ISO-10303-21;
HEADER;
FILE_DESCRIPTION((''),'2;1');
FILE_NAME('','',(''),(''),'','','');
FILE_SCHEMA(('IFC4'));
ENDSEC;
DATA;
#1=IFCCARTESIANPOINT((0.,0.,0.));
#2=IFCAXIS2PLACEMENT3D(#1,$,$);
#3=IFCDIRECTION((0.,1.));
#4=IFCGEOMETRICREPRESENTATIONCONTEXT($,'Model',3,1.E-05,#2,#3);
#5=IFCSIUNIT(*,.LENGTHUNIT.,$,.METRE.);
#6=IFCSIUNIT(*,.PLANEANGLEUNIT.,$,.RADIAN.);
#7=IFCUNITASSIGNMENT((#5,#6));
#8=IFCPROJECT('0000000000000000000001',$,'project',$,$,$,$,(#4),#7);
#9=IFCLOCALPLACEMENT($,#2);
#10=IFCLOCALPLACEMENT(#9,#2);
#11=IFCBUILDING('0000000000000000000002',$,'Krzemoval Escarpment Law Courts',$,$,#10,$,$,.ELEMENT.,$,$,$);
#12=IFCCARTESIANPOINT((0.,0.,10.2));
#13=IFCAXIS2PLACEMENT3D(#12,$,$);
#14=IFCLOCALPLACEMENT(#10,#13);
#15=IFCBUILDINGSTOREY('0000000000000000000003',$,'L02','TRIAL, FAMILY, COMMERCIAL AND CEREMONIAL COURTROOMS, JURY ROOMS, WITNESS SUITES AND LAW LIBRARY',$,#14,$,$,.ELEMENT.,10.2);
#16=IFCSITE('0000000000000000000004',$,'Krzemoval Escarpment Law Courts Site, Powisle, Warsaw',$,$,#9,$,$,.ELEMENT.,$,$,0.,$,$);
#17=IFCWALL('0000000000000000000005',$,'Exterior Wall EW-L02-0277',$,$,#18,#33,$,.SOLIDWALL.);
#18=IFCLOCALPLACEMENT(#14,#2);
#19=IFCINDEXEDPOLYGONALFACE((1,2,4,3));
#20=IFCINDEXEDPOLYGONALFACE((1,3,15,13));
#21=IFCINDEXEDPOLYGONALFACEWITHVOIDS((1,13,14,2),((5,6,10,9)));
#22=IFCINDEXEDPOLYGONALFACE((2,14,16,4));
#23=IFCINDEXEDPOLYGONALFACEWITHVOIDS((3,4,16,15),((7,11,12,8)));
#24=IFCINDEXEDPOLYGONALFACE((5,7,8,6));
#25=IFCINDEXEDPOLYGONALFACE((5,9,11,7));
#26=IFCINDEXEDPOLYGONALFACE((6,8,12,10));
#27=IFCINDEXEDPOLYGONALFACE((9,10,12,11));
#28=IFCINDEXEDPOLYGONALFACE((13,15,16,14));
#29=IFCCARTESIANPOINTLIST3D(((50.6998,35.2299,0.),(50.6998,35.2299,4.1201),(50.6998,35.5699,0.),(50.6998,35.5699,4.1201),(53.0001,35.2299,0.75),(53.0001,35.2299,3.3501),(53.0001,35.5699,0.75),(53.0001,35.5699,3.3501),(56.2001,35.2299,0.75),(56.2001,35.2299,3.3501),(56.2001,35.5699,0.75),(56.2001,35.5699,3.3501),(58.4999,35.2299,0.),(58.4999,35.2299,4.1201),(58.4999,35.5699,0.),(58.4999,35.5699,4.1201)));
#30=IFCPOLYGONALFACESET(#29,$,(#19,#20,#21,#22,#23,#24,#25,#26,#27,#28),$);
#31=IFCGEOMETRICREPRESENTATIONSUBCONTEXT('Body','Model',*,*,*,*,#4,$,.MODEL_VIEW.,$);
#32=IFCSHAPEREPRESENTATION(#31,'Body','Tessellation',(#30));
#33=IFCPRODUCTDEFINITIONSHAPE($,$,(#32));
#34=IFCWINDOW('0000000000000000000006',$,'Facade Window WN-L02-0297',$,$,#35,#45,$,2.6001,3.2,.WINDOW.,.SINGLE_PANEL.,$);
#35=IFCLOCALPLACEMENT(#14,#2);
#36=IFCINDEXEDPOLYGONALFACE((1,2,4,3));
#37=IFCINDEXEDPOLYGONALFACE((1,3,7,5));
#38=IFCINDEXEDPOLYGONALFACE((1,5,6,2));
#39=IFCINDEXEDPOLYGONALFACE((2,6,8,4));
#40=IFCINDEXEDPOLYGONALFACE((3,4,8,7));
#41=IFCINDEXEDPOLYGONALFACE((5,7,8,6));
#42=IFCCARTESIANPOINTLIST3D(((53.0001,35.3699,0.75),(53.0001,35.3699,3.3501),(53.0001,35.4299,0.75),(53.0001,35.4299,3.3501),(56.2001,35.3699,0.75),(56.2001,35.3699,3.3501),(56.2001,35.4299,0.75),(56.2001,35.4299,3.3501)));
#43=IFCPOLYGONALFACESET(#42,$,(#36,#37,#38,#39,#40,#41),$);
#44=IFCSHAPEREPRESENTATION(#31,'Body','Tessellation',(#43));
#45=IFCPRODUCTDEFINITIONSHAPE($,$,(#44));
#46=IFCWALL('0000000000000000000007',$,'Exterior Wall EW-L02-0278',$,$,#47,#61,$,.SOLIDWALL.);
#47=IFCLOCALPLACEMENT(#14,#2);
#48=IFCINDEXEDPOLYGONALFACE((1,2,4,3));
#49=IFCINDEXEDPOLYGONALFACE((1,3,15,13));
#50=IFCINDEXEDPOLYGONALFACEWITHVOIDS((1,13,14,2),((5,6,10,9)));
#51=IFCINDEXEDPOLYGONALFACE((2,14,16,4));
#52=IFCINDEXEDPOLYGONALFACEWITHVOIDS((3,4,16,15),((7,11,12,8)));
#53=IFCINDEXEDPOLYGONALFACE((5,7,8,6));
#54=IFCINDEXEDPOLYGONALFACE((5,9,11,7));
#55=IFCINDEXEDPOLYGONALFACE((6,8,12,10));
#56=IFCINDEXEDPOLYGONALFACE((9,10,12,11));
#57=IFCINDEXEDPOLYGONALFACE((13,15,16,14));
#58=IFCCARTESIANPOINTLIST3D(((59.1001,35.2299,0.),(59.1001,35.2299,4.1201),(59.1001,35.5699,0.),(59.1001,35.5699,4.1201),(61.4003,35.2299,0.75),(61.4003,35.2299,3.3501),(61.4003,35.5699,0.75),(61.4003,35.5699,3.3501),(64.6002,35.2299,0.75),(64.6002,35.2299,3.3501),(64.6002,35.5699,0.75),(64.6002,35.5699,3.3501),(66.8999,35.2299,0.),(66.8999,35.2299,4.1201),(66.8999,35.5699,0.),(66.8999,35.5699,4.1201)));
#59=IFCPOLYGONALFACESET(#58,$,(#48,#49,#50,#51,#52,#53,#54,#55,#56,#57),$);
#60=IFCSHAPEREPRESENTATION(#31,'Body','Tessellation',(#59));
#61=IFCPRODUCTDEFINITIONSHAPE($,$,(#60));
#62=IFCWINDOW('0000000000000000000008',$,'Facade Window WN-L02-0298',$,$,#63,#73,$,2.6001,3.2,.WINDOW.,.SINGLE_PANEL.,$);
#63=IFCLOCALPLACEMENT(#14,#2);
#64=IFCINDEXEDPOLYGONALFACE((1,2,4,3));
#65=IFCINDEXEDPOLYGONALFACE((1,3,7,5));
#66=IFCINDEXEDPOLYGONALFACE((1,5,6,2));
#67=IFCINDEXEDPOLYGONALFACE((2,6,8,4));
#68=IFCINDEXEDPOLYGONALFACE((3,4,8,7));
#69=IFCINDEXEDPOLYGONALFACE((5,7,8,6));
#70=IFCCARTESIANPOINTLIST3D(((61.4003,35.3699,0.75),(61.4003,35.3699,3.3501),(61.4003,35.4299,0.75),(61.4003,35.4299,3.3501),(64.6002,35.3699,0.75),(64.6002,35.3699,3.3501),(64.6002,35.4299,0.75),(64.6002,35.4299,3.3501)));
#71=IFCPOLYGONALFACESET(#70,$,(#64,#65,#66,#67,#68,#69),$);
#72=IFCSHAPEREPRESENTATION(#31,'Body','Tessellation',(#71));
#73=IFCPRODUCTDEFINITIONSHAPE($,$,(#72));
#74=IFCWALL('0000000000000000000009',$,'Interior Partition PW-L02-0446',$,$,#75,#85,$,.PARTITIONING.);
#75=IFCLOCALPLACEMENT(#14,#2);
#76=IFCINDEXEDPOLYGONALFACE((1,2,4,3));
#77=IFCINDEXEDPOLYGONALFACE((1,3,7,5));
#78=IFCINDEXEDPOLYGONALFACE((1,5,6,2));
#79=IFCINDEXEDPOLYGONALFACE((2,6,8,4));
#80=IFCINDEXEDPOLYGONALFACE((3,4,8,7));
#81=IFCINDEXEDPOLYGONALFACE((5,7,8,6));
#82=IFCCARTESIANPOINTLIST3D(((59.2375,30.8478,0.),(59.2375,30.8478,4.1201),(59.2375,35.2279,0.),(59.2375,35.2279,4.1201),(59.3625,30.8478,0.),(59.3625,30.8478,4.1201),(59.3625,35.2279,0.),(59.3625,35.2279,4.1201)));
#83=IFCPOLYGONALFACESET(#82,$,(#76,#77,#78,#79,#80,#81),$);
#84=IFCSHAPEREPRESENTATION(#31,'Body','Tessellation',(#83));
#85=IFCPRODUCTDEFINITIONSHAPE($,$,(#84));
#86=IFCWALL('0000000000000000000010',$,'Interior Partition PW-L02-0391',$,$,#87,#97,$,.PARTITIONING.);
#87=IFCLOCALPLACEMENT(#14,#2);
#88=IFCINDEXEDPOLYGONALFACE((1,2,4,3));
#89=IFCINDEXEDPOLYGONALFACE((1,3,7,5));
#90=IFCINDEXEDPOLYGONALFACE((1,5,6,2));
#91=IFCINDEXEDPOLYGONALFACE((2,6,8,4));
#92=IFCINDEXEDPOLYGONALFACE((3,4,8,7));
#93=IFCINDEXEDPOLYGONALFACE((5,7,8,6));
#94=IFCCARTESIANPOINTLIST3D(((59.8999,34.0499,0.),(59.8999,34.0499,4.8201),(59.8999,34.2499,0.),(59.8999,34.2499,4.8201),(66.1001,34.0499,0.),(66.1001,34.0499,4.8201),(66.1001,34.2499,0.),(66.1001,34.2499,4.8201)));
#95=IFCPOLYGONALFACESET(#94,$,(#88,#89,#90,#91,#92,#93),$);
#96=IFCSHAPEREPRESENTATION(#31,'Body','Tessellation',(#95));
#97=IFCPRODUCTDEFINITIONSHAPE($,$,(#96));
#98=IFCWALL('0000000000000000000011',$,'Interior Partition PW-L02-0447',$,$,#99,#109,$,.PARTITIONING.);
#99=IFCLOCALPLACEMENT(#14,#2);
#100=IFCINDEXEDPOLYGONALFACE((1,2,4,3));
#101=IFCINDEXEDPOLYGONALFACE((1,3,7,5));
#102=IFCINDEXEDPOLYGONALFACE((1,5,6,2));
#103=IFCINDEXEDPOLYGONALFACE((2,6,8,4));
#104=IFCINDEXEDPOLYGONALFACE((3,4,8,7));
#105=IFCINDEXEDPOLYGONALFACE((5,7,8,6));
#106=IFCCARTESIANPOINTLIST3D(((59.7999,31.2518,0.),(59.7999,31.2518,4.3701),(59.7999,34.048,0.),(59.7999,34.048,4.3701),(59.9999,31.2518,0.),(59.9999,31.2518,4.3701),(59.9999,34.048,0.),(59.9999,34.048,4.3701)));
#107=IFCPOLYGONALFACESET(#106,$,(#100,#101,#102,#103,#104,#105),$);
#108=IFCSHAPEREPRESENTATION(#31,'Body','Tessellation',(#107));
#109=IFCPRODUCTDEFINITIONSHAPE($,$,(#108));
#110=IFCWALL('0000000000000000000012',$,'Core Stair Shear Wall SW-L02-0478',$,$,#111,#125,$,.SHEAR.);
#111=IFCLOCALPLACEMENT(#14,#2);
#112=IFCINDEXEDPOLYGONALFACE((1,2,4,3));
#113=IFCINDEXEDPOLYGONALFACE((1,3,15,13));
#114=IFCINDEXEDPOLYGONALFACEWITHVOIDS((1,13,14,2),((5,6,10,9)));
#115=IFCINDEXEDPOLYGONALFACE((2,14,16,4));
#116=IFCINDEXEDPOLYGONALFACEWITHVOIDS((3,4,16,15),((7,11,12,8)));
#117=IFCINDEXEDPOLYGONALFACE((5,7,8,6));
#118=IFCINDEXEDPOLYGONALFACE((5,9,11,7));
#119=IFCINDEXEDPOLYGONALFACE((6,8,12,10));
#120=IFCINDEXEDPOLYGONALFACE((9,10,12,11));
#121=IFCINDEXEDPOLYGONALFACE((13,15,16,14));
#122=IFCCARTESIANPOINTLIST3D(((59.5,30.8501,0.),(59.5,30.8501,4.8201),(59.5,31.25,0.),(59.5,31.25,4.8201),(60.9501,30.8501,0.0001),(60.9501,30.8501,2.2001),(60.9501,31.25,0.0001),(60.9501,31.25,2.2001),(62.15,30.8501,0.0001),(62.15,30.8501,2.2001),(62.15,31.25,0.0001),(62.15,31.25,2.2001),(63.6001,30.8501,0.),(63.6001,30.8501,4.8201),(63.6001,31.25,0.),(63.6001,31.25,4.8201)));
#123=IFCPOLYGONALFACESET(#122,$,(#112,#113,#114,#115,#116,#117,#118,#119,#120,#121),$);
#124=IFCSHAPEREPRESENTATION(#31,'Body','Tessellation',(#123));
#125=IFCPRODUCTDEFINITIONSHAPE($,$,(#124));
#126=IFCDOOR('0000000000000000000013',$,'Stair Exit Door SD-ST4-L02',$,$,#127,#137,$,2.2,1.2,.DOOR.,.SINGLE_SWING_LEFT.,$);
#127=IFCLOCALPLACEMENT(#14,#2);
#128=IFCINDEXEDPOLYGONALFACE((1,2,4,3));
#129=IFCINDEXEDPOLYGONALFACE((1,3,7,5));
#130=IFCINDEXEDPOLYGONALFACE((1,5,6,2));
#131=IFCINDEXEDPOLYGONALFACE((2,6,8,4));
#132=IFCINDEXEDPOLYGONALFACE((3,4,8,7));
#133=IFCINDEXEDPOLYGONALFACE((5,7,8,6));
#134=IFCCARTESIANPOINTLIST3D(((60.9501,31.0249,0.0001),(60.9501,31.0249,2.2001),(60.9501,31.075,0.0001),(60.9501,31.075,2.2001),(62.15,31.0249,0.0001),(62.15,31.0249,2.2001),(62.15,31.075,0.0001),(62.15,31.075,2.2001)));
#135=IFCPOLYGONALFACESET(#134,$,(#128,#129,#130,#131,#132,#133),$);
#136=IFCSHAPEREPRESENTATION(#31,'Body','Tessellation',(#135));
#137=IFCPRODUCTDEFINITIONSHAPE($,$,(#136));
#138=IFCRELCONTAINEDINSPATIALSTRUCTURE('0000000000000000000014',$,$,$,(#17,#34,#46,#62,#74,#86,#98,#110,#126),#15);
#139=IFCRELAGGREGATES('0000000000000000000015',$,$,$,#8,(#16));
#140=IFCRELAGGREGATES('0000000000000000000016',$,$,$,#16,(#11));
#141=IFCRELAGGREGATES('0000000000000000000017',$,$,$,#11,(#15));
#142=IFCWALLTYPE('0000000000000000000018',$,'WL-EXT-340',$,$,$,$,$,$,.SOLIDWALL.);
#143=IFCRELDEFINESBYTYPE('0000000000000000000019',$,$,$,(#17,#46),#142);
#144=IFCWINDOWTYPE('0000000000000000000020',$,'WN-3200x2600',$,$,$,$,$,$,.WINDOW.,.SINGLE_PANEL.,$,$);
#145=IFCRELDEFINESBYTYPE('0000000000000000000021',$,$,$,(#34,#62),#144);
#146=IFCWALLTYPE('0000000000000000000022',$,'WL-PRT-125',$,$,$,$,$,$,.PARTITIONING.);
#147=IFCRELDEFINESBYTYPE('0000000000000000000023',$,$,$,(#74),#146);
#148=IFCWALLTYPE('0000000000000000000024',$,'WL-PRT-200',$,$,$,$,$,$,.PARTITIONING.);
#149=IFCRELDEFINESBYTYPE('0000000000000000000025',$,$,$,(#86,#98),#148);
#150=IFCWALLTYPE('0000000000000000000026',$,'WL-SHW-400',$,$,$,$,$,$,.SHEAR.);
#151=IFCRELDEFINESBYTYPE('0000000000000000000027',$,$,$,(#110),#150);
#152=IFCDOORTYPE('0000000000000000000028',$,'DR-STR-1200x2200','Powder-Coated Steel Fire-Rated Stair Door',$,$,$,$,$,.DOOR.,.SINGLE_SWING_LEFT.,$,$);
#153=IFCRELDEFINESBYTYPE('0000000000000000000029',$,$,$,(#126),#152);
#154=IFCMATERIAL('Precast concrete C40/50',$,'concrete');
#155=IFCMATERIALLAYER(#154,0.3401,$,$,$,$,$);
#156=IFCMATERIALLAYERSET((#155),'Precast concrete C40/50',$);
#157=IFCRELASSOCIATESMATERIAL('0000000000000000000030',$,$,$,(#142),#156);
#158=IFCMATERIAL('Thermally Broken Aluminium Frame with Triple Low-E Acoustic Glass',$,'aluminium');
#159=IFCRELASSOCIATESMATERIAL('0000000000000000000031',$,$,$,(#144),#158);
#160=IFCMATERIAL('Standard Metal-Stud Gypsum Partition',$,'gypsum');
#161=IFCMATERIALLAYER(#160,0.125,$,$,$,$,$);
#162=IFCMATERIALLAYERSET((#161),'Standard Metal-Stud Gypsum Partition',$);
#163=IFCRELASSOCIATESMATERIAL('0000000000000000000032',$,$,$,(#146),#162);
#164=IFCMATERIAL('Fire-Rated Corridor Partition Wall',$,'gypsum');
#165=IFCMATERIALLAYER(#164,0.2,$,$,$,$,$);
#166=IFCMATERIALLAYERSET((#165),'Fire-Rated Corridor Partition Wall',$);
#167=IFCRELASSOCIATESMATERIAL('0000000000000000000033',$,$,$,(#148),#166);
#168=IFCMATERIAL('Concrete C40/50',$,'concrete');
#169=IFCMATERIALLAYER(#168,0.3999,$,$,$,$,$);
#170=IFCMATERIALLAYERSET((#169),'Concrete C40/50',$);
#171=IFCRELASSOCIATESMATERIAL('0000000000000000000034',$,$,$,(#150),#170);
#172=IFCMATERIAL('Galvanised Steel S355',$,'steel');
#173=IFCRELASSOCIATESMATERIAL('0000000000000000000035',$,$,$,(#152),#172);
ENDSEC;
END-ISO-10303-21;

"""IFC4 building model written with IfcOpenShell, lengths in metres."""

from ifc_helpers import new_model, si_unit, direction, frame, frame_2d, origin, place, context, subcontext, project, spatial, rectangle, extrude, material, layer, layer_set, type_object, element, fill, save


model = new_model("IFC4")

# Units and contexts
model_context = context("Model", 3, precision=1e-05, world=origin(), true_north=direction((0.0, 1.0)))
body_context = subcontext(model_context, "Body", "Model", "MODEL_VIEW")
ifc_project = project(units=[si_unit("LENGTHUNIT", "METRE"), si_unit("PLANEANGLEUNIT", "RADIAN")], contexts=[model_context])

# Site, building, storey
site_placement = place(None, origin())
site = spatial("IfcSite", under=ifc_project, at=site_placement, Name="Krzemoval Escarpment Law Courts Site, Powisle, Warsaw", CompositionType="ELEMENT", RefElevation=0.0)
building_placement = place(site_placement, origin())
building = spatial("IfcBuilding", under=site, at=building_placement, Name="Krzemoval Escarpment Law Courts", CompositionType="ELEMENT")
storey_placement = place(building_placement, frame((0.0, 0.0, 10.2)))
storey = spatial("IfcBuildingStorey", under=building, at=storey_placement, Name="L02", Description="TRIAL, FAMILY, COMMERCIAL AND CEREMONIAL COURTROOMS, JURY ROOMS, WITNESS SUITES AND LAW LIBRARY", CompositionType="ELEMENT", Elevation=10.2)

# Walls, openings, windows
ifc_material_1 = material(Name="Precast concrete C40/50", Category="concrete")
ifc_layer_1 = layer(ifc_material_1, 0.3401)
ifc_layer_set_1 = layer_set([ifc_layer_1], Name="Precast concrete C40/50")
wall_type_1 = type_object("IfcWallType", Name="WL-EXT-340", PredefinedType="SOLIDWALL", material=ifc_layer_set_1)
ifc_material_2 = material(Name="Thermally Broken Aluminium Frame with Triple Low-E Acoustic Glass", Category="aluminium")
window_type = type_object("IfcWindowType", Name="WN-3200x2600", PartitioningType="SINGLE_PANEL", PredefinedType="WINDOW", material=ifc_material_2)
wall_1_placement = place(storey_placement, frame((50.7, 35.3999, 0.0), z_axis=(0.0, 0.0, 1.0), x_axis=(1.0, 0.0, 0.0)))
wall_1 = element("IfcWall", 1, at=wall_1_placement, inside=storey, type_object=wall_type_1, Name="Exterior Wall EW-L02-0277", PredefinedType="SOLIDWALL", context=body_context, shape_type="SweptSolid", body=[
    extrude(rectangle(XDim=7.8, YDim=0.3401, at=frame_2d((3.8999, 0.0))), origin(), (0.0, 0.0, 1.0), 4.1201),
])
opening_1_placement = place(wall_1_placement, frame((2.3, 0.0, 0.75)))
opening_1 = element("IfcOpeningElement", 2, at=opening_1_placement, cuts=wall_1, PredefinedType="OPENING", context=body_context, shape_type="SweptSolid", body=[
    extrude(rectangle(XDim=3.2, YDim=2.6001, at=frame_2d((1.6001, 1.3))), frame((0.0, 0.185, 0.0), z_axis=(0.0, -1.0, 0.0), x_axis=(1.0, 0.0, 0.0)), (0.0, 0.0, 1.0), 0.3701),
])
window_1_placement = place(opening_1_placement, origin())
window_1 = element("IfcWindow", 3, at=window_1_placement, inside=storey, type_object=window_type, Name="Facade Window WN-L02-0297", OverallHeight=2.6001, OverallWidth=3.2, PartitioningType="SINGLE_PANEL", PredefinedType="WINDOW", context=body_context, shape_type="SweptSolid", body=[
    extrude(rectangle(XDim=3.2, YDim=2.6001, at=frame_2d((1.6001, 1.3))), frame((0.0, 0.03, 0.0), z_axis=(0.0, -1.0, 0.0), x_axis=(1.0, 0.0, 0.0)), (0.0, 0.0, 1.0), 0.0601),
])
fill(opening_1, window_1)
wall_2_placement = place(storey_placement, frame((59.1001, 35.3999, 0.0), z_axis=(0.0, 0.0, 1.0), x_axis=(1.0, 0.0, 0.0)))
wall_2 = element("IfcWall", 4, at=wall_2_placement, inside=storey, type_object=wall_type_1, Name="Exterior Wall EW-L02-0278", PredefinedType="SOLIDWALL", context=body_context, shape_type="SweptSolid", body=[
    extrude(rectangle(XDim=7.7998, YDim=0.3401, at=frame_2d((3.8999, 0.0))), origin(), (0.0, 0.0, 1.0), 4.1201),
])
opening_2_placement = place(wall_2_placement, frame((2.3, 0.0, 0.75)))
opening_2 = element("IfcOpeningElement", 5, at=opening_2_placement, cuts=wall_2, PredefinedType="OPENING", context=body_context, shape_type="SweptSolid", body=[
    extrude(rectangle(XDim=3.2, YDim=2.6001, at=frame_2d((1.6001, 1.3))), frame((0.0, 0.185, 0.0), z_axis=(0.0, -1.0, 0.0), x_axis=(1.0, 0.0, 0.0)), (0.0, 0.0, 1.0), 0.3701),
])
window_2_placement = place(opening_2_placement, origin())
window_2 = element("IfcWindow", 6, at=window_2_placement, inside=storey, type_object=window_type, Name="Facade Window WN-L02-0298", OverallHeight=2.6001, OverallWidth=3.2, PartitioningType="SINGLE_PANEL", PredefinedType="WINDOW", context=body_context, shape_type="SweptSolid", body=[
    extrude(rectangle(XDim=3.2, YDim=2.6001, at=frame_2d((1.6001, 1.3))), frame((0.0, 0.03, 0.0), z_axis=(0.0, -1.0, 0.0), x_axis=(1.0, 0.0, 0.0)), (0.0, 0.0, 1.0), 0.0601),
])
fill(opening_2, window_2)

# Walls
ifc_material_3 = material(Name="Standard Metal-Stud Gypsum Partition", Category="gypsum")
ifc_layer_2 = layer(ifc_material_3, 0.125)
ifc_layer_set_2 = layer_set([ifc_layer_2], Name="Standard Metal-Stud Gypsum Partition")
wall_type_2 = type_object("IfcWallType", Name="WL-PRT-125", PredefinedType="PARTITIONING", material=ifc_layer_set_2)
wall_3_placement = place(storey_placement, frame((59.3, 30.8479, 0.0), z_axis=(0.0, 0.0, 1.0), x_axis=(0.0, 1.0, 0.0)))
element("IfcWall", 7, at=wall_3_placement, inside=storey, type_object=wall_type_2, Name="Interior Partition PW-L02-0446", PredefinedType="PARTITIONING", context=body_context, shape_type="SweptSolid", body=[
    extrude(rectangle(XDim=4.3801, YDim=0.125, at=frame_2d((2.1899, 0.0))), origin(), (0.0, 0.0, 1.0), 4.1201),
])
ifc_material_4 = material(Name="Fire-Rated Corridor Partition Wall", Category="gypsum")
ifc_layer_3 = layer(ifc_material_4, 0.2)
ifc_layer_set_3 = layer_set([ifc_layer_3], Name="Fire-Rated Corridor Partition Wall")
wall_type_3 = type_object("IfcWallType", Name="WL-PRT-200", PredefinedType="PARTITIONING", material=ifc_layer_set_3)
wall_4_placement = place(storey_placement, frame((59.8999, 34.1499, 0.0), z_axis=(0.0, 0.0, 1.0), x_axis=(1.0, 0.0, 0.0)))
element("IfcWall", 8, at=wall_4_placement, inside=storey, type_object=wall_type_3, Name="Interior Partition PW-L02-0391", PredefinedType="PARTITIONING", context=body_context, shape_type="SweptSolid", body=[
    extrude(rectangle(XDim=6.2002, YDim=0.2, at=frame_2d((3.1001, 0.0))), origin(), (0.0, 0.0, 1.0), 4.8201),
])
wall_5_placement = place(storey_placement, frame((59.8999, 31.252, 0.0), z_axis=(0.0, 0.0, 1.0), x_axis=(0.0, 1.0, 0.0)))
element("IfcWall", 9, at=wall_5_placement, inside=storey, type_object=wall_type_3, Name="Interior Partition PW-L02-0447", PredefinedType="PARTITIONING", context=body_context, shape_type="SweptSolid", body=[
    extrude(rectangle(XDim=2.7961, YDim=0.2, at=frame_2d((1.3979, 0.0))), origin(), (0.0, 0.0, 1.0), 4.3701),
])

# Wall, opening, door
ifc_material_5 = material(Name="Concrete C40/50", Category="concrete")
ifc_layer_4 = layer(ifc_material_5, 0.3999)
ifc_layer_set_4 = layer_set([ifc_layer_4], Name="Concrete C40/50")
wall_type_4 = type_object("IfcWallType", Name="WL-SHW-400", PredefinedType="SHEAR", material=ifc_layer_set_4)
wall_6_placement = place(storey_placement, frame((59.5, 31.05, 0.0), z_axis=(0.0, 0.0, 1.0), x_axis=(1.0, 0.0, 0.0)))
wall_6 = element("IfcWall", 10, at=wall_6_placement, inside=storey, type_object=wall_type_4, Name="Core Stair Shear Wall SW-L02-0478", PredefinedType="SHEAR", context=body_context, shape_type="SweptSolid", body=[
    extrude(rectangle(XDim=4.1001, YDim=0.3999, at=frame_2d((2.05, 0.0))), origin(), (0.0, 0.0, 1.0), 4.8201),
])
opening_3_placement = place(wall_6_placement, frame((1.45, 0.0, 0.0)))
opening_3 = element("IfcOpeningElement", 11, at=opening_3_placement, cuts=wall_6, PredefinedType="OPENING", context=body_context, shape_type="SweptSolid", body=[
    extrude(rectangle(XDim=1.2, YDim=2.2, at=frame_2d((0.6001, 1.1001))), frame((0.0, 0.215, 0.0), z_axis=(0.0, -1.0, 0.0), x_axis=(1.0, 0.0, 0.0)), (0.0, 0.0, 1.0), 0.4299),
])
ifc_material_6 = material(Name="Galvanised Steel S355", Category="steel")
door_type = type_object("IfcDoorType", Name="DR-STR-1200x2200", Description="Powder-Coated Steel Fire-Rated Stair Door", OperationType="SINGLE_SWING_LEFT", PredefinedType="DOOR", material=ifc_material_6)
door_placement = place(opening_3_placement, origin())
door = element("IfcDoor", 12, at=door_placement, inside=storey, type_object=door_type, Name="Stair Exit Door SD-ST4-L02", OperationType="SINGLE_SWING_LEFT", OverallHeight=2.2, OverallWidth=1.2, PredefinedType="DOOR", context=body_context, shape_type="SweptSolid", body=[
    extrude(rectangle(XDim=1.2, YDim=2.2, at=frame_2d((0.6001, 1.1001))), frame((0.0, 0.0249, 0.0), z_axis=(0.0, -1.0, 0.0), x_axis=(1.0, 0.0, 0.0)), (0.0, 0.0, 1.0), 0.05),
])
fill(opening_3, door)

save(model, "model.ifc")
